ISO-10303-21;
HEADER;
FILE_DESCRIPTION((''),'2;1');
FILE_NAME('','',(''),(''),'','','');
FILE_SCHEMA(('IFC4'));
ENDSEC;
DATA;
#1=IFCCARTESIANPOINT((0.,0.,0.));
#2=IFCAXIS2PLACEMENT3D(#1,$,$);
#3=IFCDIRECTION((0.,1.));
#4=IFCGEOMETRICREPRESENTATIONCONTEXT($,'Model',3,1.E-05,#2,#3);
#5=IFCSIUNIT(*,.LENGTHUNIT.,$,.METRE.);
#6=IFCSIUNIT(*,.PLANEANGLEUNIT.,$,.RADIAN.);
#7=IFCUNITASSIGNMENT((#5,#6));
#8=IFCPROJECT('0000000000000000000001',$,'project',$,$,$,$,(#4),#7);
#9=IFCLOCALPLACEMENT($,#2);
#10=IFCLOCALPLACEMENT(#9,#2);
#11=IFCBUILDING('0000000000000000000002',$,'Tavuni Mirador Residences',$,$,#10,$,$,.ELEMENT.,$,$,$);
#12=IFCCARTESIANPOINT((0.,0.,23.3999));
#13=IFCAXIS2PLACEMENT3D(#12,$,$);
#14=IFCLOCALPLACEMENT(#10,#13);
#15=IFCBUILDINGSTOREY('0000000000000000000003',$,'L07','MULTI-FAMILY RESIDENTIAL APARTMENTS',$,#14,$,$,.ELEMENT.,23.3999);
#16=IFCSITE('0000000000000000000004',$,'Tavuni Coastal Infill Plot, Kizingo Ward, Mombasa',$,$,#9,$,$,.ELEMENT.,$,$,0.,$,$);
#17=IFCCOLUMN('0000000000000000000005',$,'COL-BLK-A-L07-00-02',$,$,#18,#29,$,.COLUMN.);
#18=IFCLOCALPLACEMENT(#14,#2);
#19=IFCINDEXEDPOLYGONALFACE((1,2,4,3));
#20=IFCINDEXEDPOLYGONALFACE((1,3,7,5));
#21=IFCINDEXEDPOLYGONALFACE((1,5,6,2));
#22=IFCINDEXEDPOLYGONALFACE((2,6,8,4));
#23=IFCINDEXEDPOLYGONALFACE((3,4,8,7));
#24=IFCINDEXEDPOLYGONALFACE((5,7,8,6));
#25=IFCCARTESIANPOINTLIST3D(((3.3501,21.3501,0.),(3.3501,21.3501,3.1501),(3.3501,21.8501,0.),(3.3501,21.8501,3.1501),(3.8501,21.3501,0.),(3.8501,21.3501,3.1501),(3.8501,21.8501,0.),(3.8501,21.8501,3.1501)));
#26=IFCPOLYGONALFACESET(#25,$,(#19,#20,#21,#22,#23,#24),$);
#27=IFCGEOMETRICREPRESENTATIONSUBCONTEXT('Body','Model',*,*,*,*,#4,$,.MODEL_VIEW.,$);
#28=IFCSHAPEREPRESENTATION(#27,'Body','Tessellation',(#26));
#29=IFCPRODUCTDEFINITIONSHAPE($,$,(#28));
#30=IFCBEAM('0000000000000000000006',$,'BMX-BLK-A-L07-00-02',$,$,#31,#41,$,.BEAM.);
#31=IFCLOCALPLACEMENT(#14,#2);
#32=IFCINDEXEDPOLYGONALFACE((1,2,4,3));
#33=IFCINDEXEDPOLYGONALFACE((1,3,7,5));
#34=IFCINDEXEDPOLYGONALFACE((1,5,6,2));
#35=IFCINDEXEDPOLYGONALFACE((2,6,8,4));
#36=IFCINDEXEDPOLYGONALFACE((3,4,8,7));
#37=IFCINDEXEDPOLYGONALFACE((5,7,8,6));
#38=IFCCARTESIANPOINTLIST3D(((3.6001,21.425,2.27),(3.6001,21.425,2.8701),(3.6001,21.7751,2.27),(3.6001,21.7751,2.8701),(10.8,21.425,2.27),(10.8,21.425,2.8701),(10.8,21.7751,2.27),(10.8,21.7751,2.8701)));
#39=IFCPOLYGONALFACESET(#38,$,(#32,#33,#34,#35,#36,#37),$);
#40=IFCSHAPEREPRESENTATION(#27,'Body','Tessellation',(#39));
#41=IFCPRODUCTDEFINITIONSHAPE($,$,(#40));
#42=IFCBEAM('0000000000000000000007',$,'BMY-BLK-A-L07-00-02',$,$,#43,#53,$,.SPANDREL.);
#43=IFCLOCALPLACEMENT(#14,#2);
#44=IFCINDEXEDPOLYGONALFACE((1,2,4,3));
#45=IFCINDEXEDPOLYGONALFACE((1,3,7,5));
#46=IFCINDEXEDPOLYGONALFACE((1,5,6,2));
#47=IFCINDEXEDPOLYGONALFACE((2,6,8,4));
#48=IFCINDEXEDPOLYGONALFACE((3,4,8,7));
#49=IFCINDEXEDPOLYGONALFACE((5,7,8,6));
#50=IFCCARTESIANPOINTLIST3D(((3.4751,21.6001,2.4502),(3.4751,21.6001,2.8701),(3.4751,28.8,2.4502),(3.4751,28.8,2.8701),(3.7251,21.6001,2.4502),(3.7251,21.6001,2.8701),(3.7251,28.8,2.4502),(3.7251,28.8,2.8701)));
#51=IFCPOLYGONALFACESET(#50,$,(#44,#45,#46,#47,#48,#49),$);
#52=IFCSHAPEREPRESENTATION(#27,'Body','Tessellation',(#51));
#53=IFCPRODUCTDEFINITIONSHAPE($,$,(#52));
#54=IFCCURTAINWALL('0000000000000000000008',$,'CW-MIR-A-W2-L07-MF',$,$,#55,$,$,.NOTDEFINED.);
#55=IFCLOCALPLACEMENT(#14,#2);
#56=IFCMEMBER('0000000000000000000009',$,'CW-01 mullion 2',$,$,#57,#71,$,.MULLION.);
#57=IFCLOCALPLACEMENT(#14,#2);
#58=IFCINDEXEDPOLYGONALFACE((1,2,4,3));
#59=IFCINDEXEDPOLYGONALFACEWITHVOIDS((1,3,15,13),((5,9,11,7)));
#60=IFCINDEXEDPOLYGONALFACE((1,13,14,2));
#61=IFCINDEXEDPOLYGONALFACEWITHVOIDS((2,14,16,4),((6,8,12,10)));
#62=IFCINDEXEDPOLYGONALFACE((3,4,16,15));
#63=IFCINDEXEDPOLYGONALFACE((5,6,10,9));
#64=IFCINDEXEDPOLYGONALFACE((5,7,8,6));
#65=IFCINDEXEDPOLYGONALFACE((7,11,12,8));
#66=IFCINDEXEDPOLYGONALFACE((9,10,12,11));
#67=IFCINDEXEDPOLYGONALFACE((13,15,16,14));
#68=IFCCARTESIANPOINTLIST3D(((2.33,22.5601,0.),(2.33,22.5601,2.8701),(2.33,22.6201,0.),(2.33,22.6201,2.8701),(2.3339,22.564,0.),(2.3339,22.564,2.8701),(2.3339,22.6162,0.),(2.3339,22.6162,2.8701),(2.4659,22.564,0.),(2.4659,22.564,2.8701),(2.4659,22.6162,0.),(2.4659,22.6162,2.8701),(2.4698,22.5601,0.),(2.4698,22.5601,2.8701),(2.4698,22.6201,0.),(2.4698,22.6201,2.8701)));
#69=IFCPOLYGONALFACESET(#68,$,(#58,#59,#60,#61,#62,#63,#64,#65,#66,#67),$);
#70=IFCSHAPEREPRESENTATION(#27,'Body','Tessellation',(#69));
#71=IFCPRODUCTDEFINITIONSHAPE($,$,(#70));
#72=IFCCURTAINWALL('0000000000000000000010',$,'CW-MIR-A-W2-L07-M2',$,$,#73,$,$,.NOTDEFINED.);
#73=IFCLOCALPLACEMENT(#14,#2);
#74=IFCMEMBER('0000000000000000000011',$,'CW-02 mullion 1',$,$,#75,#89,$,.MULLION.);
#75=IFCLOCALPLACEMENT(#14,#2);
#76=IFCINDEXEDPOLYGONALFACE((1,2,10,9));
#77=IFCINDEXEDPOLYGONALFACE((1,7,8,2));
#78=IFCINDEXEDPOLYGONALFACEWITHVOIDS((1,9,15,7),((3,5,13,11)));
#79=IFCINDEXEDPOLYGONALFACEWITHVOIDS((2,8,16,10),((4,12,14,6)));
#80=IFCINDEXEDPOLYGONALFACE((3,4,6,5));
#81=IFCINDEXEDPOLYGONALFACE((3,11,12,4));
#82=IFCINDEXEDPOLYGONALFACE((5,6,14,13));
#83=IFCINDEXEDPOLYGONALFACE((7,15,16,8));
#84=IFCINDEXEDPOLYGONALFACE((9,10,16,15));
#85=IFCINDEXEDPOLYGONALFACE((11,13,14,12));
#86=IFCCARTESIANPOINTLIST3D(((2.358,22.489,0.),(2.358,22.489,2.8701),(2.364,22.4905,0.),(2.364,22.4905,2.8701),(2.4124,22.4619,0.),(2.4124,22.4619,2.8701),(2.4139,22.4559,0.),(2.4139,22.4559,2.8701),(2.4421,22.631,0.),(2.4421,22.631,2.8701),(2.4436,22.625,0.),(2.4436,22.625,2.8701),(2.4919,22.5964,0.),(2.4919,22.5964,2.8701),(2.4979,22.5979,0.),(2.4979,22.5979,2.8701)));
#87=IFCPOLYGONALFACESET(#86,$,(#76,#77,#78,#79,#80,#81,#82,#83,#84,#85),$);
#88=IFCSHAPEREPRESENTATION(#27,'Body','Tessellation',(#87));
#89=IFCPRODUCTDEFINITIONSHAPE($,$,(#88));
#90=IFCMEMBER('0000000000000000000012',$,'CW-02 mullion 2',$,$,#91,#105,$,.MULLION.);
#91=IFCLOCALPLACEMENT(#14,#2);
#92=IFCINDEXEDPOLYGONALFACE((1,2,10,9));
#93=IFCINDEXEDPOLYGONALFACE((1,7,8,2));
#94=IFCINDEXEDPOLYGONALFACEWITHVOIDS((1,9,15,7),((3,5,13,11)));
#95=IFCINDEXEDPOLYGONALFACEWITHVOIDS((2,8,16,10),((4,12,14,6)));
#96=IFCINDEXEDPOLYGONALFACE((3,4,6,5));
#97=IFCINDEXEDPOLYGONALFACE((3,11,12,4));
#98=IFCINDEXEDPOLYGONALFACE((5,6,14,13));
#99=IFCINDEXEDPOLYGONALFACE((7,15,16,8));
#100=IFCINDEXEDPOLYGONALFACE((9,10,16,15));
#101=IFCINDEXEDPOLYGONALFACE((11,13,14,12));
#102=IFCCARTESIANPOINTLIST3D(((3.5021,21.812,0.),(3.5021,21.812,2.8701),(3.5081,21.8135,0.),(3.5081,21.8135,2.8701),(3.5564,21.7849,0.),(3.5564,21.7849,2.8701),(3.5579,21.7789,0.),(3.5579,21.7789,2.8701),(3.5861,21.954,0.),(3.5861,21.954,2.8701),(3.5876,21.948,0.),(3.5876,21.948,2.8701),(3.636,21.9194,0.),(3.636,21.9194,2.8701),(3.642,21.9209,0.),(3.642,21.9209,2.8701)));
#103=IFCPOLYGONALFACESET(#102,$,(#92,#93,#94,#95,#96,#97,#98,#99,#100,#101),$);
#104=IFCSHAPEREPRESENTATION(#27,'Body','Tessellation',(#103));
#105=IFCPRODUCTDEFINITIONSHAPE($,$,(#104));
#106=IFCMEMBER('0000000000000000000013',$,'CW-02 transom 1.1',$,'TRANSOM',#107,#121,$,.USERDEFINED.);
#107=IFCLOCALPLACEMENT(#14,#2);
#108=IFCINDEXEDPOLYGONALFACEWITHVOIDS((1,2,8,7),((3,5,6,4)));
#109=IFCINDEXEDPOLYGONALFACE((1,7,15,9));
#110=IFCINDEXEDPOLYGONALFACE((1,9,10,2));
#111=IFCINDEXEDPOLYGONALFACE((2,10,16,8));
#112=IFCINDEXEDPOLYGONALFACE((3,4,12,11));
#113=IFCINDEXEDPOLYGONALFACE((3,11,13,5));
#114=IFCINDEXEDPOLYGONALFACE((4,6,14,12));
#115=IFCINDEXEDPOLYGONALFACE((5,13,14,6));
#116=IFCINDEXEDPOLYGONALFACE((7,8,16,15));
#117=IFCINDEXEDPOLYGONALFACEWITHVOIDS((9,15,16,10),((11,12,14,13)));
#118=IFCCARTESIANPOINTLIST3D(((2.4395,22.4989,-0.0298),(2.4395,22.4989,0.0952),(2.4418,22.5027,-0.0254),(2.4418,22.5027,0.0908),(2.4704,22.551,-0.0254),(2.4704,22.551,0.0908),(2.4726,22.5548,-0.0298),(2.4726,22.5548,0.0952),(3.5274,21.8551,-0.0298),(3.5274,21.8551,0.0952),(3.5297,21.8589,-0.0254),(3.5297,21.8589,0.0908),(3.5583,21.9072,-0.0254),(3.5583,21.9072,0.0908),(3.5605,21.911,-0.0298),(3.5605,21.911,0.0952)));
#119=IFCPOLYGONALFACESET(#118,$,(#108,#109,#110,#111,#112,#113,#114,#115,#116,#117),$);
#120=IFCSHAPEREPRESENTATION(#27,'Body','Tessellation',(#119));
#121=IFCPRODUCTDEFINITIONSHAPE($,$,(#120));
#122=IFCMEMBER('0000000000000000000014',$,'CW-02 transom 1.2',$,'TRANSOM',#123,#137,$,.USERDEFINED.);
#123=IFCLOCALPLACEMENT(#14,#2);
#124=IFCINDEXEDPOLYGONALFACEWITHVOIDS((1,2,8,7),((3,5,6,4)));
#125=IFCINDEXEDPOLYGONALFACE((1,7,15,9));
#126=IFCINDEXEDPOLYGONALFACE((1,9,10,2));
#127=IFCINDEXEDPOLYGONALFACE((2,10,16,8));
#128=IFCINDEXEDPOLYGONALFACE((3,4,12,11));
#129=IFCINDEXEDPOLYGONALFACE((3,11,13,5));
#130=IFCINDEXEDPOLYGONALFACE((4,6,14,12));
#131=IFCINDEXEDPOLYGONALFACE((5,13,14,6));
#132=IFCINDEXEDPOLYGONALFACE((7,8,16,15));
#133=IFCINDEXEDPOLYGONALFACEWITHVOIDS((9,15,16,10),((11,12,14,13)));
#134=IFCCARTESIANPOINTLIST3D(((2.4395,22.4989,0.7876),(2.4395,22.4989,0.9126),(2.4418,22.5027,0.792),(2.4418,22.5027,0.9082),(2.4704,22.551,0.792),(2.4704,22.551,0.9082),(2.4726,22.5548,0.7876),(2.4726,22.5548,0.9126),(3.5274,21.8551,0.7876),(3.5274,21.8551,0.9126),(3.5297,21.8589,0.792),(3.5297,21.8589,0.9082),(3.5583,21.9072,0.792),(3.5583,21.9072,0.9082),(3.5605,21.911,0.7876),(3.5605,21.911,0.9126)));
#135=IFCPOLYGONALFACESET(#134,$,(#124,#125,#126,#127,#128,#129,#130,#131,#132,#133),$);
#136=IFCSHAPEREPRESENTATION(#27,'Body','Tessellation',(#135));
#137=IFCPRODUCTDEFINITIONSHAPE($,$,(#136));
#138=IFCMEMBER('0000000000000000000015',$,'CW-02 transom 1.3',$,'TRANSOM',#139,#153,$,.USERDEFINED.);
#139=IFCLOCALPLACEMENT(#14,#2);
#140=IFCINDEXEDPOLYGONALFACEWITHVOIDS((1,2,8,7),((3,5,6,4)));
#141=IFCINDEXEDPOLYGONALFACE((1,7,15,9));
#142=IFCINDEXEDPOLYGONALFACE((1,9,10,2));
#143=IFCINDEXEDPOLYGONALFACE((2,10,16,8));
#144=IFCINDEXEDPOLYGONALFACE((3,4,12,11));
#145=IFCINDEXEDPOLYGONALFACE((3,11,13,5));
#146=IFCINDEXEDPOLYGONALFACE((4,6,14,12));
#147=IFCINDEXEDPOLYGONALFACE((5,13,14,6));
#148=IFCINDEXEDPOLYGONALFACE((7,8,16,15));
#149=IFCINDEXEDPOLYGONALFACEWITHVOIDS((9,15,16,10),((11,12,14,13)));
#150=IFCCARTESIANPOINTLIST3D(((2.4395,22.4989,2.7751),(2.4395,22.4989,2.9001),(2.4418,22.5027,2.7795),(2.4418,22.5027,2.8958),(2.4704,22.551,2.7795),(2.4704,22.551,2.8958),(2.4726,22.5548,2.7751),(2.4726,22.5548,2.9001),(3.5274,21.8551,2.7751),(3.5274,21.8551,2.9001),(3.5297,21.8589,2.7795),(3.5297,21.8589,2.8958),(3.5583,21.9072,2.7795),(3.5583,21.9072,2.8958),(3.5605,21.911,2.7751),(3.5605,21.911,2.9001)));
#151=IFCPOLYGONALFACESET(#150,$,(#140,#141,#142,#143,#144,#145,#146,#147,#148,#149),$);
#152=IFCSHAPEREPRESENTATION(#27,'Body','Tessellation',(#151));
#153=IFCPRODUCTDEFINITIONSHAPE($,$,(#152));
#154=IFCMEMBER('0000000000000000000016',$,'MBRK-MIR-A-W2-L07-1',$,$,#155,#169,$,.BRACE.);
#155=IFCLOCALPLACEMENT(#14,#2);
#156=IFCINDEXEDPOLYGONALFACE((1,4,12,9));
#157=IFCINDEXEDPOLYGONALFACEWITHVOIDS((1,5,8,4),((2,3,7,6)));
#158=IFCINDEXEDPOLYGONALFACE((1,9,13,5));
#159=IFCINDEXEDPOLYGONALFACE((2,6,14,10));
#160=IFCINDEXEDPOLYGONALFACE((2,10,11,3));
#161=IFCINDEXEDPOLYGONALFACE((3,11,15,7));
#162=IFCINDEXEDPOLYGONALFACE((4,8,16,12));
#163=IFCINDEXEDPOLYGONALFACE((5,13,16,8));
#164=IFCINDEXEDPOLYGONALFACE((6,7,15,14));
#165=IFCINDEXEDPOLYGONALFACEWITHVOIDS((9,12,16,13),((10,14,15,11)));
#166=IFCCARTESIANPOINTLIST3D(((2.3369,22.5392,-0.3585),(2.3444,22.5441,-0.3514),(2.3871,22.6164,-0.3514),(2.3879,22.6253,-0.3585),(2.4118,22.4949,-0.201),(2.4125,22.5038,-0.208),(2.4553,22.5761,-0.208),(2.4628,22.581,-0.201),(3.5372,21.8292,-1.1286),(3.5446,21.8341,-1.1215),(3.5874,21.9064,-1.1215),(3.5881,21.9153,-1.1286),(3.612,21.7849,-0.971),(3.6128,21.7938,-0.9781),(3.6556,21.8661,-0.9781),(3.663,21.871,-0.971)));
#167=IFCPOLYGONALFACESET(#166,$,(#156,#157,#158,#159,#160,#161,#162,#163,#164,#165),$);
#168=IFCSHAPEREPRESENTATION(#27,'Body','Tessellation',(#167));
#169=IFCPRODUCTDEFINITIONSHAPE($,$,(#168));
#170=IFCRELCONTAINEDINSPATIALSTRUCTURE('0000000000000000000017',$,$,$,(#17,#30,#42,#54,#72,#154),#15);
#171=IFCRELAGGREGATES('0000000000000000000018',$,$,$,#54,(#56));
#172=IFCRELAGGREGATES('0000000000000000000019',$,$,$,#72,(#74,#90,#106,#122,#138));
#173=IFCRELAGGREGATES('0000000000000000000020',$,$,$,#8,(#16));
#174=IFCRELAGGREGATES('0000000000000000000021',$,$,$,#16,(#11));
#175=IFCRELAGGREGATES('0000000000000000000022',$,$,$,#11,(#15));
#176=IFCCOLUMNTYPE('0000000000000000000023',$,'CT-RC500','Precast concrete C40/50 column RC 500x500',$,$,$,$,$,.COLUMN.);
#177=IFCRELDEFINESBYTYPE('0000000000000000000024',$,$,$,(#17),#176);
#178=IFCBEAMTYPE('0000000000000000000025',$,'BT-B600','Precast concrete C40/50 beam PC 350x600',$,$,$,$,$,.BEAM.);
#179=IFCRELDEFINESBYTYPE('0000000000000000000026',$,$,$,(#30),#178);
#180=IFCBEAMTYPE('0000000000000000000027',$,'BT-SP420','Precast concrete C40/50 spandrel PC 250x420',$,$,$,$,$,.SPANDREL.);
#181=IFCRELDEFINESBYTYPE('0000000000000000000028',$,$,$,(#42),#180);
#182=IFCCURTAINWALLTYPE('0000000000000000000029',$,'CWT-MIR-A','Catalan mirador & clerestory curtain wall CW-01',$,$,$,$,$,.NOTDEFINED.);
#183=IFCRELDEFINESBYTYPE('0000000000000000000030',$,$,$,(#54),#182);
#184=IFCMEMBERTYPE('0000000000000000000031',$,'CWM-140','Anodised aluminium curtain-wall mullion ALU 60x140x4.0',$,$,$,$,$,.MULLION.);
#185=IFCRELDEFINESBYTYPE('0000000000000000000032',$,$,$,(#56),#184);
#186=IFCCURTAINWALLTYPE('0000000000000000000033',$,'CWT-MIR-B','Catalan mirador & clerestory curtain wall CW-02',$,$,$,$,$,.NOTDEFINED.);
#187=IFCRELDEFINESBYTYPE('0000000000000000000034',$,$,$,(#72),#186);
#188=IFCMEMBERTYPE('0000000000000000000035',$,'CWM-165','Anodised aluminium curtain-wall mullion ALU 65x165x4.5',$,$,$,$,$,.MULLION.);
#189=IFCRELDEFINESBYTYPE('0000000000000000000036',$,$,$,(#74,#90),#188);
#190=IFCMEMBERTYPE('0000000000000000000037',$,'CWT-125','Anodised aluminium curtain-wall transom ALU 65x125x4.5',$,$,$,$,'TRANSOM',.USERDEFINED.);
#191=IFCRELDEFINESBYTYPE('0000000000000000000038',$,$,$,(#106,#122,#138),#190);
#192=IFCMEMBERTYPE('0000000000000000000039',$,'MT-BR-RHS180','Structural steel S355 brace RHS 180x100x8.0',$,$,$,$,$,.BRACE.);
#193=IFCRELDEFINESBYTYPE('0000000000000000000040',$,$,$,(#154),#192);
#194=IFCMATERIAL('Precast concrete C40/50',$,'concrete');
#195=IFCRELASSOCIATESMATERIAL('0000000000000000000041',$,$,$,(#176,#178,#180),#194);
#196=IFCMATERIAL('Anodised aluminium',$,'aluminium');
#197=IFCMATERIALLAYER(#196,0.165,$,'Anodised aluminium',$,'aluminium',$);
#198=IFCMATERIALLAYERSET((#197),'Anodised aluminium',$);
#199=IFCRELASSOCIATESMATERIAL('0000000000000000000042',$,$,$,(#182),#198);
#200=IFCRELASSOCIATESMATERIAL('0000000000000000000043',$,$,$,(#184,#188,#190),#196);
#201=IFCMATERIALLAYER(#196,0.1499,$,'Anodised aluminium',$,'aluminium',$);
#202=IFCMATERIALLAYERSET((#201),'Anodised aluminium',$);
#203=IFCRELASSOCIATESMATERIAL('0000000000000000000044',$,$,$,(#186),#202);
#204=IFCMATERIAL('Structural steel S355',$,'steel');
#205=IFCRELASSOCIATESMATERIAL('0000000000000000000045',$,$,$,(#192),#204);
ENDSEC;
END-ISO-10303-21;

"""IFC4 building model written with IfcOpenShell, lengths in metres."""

from ifc_helpers import new_model, si_unit, direction, frame, origin, origin_2d, place, context, subcontext, project, spatial, rectangle, hollow_rectangle, extrude, material, layer, layer_set, material_profile, profile_set, type_object, element, aggregate, save


model = new_model("IFC4")

# Units and contexts
model_context = context("Model", 3, precision=1e-05, world=origin(), true_north=direction((0.0, 1.0)))
body_context = subcontext(model_context, "Body", "Model", "MODEL_VIEW")
ifc_project = project(units=[si_unit("LENGTHUNIT", "METRE"), si_unit("PLANEANGLEUNIT", "RADIAN")], contexts=[model_context])

# Site, building, storey
site_placement = place(None, origin())
site = spatial("IfcSite", under=ifc_project, at=site_placement, Name="Tavuni Coastal Infill Plot, Kizingo Ward, Mombasa", CompositionType="ELEMENT", RefElevation=0.0)
building_placement = place(site_placement, origin())
building = spatial("IfcBuilding", under=site, at=building_placement, Name="Tavuni Mirador Residences", CompositionType="ELEMENT")
storey_placement = place(building_placement, frame((0.0, 0.0, 23.3999)))
storey = spatial("IfcBuildingStorey", under=building, at=storey_placement, Name="L07", Description="MULTI-FAMILY RESIDENTIAL APARTMENTS", CompositionType="ELEMENT", Elevation=23.3999)

# Column
ifc_material_1 = material(Name="Precast concrete C40/50", Category="concrete")
ifc_material_profile_1 = material_profile(ifc_material_1, rectangle(XDim=0.5, YDim=0.5, at=origin_2d()), Name="RC 500x500", Category="concrete")
ifc_profile_set_1 = profile_set([ifc_material_profile_1], Name="Precast concrete C40/50")
column_type = type_object("IfcColumnType", Name="CT-RC500", Description="Precast concrete C40/50 column RC 500x500", PredefinedType="COLUMN", material=ifc_profile_set_1)
column_placement = place(storey_placement, frame((3.6001, 21.6001, 0.0), z_axis=(0.0, 0.0, 1.0), x_axis=(1.0, 0.0, 0.0)))
element("IfcColumn", 1, at=column_placement, inside=storey, type_object=column_type, Name="COL-BLK-A-L07-00-02", PredefinedType="COLUMN", context=body_context, shape_type="SweptSolid", body=[
    extrude(rectangle(XDim=0.5, YDim=0.5, at=origin_2d()), origin(), (0.0, 0.0, 1.0), 3.1501),
])

# Beams
ifc_material_profile_2 = material_profile(ifc_material_1, rectangle(XDim=0.3501, YDim=0.6001, at=origin_2d()), Name="PC 350x600", Category="concrete")
ifc_profile_set_2 = profile_set([ifc_material_profile_2], Name="Precast concrete C40/50")
beam_type_1 = type_object("IfcBeamType", Name="BT-B600", Description="Precast concrete C40/50 beam PC 350x600", PredefinedType="BEAM", material=ifc_profile_set_2)
beam_1_placement = place(storey_placement, frame((3.6001, 21.6001, 2.5701), z_axis=(1.0, 0.0, 0.0), x_axis=(0.0, 1.0, 0.0)))
element("IfcBeam", 2, at=beam_1_placement, inside=storey, type_object=beam_type_1, Name="BMX-BLK-A-L07-00-02", PredefinedType="BEAM", context=body_context, shape_type="SweptSolid", body=[
    extrude(rectangle(XDim=0.3501, YDim=0.6001, at=origin_2d()), origin(), (0.0, 0.0, 1.0), 7.2),
])
ifc_material_profile_3 = material_profile(ifc_material_1, rectangle(XDim=0.25, YDim=0.4199, at=origin_2d()), Name="PC 250x420", Category="concrete")
ifc_profile_set_3 = profile_set([ifc_material_profile_3], Name="Precast concrete C40/50")
beam_type_2 = type_object("IfcBeamType", Name="BT-SP420", Description="Precast concrete C40/50 spandrel PC 250x420", PredefinedType="SPANDREL", material=ifc_profile_set_3)
beam_2_placement = place(storey_placement, frame((3.6001, 21.6001, 2.6602), z_axis=(0.0, 1.0, 0.0), x_axis=(-1.0, 0.0, 0.0)))
element("IfcBeam", 3, at=beam_2_placement, inside=storey, type_object=beam_type_2, Name="BMY-BLK-A-L07-00-02", PredefinedType="SPANDREL", context=body_context, shape_type="SweptSolid", body=[
    extrude(rectangle(XDim=0.25, YDim=0.4199, at=origin_2d()), origin(), (0.0, 0.0, 1.0), 7.2),
])

# Curtain wall, member
ifc_material_2 = material(Name="Anodised aluminium", Category="aluminium")
ifc_layer_1 = layer(ifc_material_2, 0.165, Name="Anodised aluminium", Category="aluminium")
ifc_layer_set_1 = layer_set([ifc_layer_1], Name="Anodised aluminium")
curtain_wall_type_1 = type_object("IfcCurtainWallType", Name="CWT-MIR-A", Description="Catalan mirador & clerestory curtain wall CW-01", PredefinedType="NOTDEFINED", material=ifc_layer_set_1)
curtain_wall_1_placement = place(storey_placement, origin())
curtain_wall_1 = element("IfcCurtainWall", 4, at=curtain_wall_1_placement, inside=storey, type_object=curtain_wall_type_1, Name="CW-MIR-A-W2-L07-MF", PredefinedType="NOTDEFINED")
ifc_material_profile_4 = material_profile(ifc_material_2, hollow_rectangle(XDim=0.0601, YDim=0.1399, WallThickness=0.0039, at=origin_2d()), Name="ALU 60x140x4.0", Category="aluminium")
ifc_profile_set_4 = profile_set([ifc_material_profile_4], Name="Anodised aluminium")
member_type_1 = type_object("IfcMemberType", Name="CWM-140", Description="Anodised aluminium curtain-wall mullion ALU 60x140x4.0", PredefinedType="MULLION", material=ifc_profile_set_4)
member_1_placement = place(storey_placement, frame((2.3999, 22.5901, 0.0), z_axis=(0.0, 0.0, 1.0), x_axis=(0.0, -1.0, 0.0)))
member_1 = element("IfcMember", 5, at=member_1_placement, type_object=member_type_1, Name="CW-01 mullion 2", PredefinedType="MULLION", context=body_context, shape_type="SweptSolid", body=[
    extrude(hollow_rectangle(XDim=0.0601, YDim=0.1399, WallThickness=0.0039, at=origin_2d()), origin(), (0.0, 0.0, 1.0), 2.8701),
])

# Curtain wall, members
ifc_layer_2 = layer(ifc_material_2, 0.1499, Name="Anodised aluminium", Category="aluminium")
ifc_layer_set_2 = layer_set([ifc_layer_2], Name="Anodised aluminium")
curtain_wall_type_2 = type_object("IfcCurtainWallType", Name="CWT-MIR-B", Description="Catalan mirador & clerestory curtain wall CW-02", PredefinedType="NOTDEFINED", material=ifc_layer_set_2)
curtain_wall_2_placement = place(storey_placement, origin())
curtain_wall_2 = element("IfcCurtainWall", 6, at=curtain_wall_2_placement, inside=storey, type_object=curtain_wall_type_2, Name="CW-MIR-A-W2-L07-M2", PredefinedType="NOTDEFINED")
ifc_material_profile_5 = material_profile(ifc_material_2, hollow_rectangle(XDim=0.0649, YDim=0.165, WallThickness=0.0044, at=origin_2d()), Name="ALU 65x165x4.5", Category="aluminium")
ifc_profile_set_5 = profile_set([ifc_material_profile_5], Name="Anodised aluminium")
member_type_2 = type_object("IfcMemberType", Name="CWM-165", Description="Anodised aluminium curtain-wall mullion ALU 65x165x4.5", PredefinedType="MULLION", material=ifc_profile_set_5)
member_2_placement = place(storey_placement, frame((2.428, 22.5435, 0.0), z_axis=(0.0, 0.0, 1.0), x_axis=(0.860641, -0.509212, 0.0)))
member_2 = element("IfcMember", 7, at=member_2_placement, type_object=member_type_2, Name="CW-02 mullion 1", PredefinedType="MULLION", context=body_context, shape_type="SweptSolid", body=[
    extrude(hollow_rectangle(XDim=0.0649, YDim=0.165, WallThickness=0.0044, at=origin_2d()), origin(), (0.0, 0.0, 1.0), 2.8701),
])
member_3_placement = place(storey_placement, frame((3.572, 21.8665, 0.0), z_axis=(0.0, 0.0, 1.0), x_axis=(0.860641, -0.509212, 0.0)))
member_3 = element("IfcMember", 8, at=member_3_placement, type_object=member_type_2, Name="CW-02 mullion 2", PredefinedType="MULLION", context=body_context, shape_type="SweptSolid", body=[
    extrude(hollow_rectangle(XDim=0.0649, YDim=0.165, WallThickness=0.0044, at=origin_2d()), origin(), (0.0, 0.0, 1.0), 2.8701),
])
ifc_material_profile_6 = material_profile(ifc_material_2, hollow_rectangle(XDim=0.0649, YDim=0.125, WallThickness=0.0044, at=origin_2d()), Name="ALU 65x125x4.5", Category="aluminium")
ifc_profile_set_6 = profile_set([ifc_material_profile_6], Name="Anodised aluminium")
member_type_3 = type_object("IfcMemberType", Name="CWT-125", Description="Anodised aluminium curtain-wall transom ALU 65x125x4.5", ElementType="TRANSOM", PredefinedType="USERDEFINED", material=ifc_profile_set_6)
member_4_placement = place(storey_placement, frame((2.4561, 22.5269, 0.0327), z_axis=(0.860596, -0.509289, 0.0), x_axis=(0.509289, 0.860596, 0.0)))
member_4 = element("IfcMember", 9, at=member_4_placement, type_object=member_type_3, Name="CW-02 transom 1.1", ObjectType="TRANSOM", PredefinedType="USERDEFINED", context=body_context, shape_type="SweptSolid", body=[
    extrude(hollow_rectangle(XDim=0.0649, YDim=0.125, WallThickness=0.0044, at=origin_2d()), origin(), (0.0, 0.0, 1.0), 1.2642),
])
member_5_placement = place(storey_placement, frame((2.4561, 22.5269, 0.8501), z_axis=(0.860596, -0.509289, 0.0), x_axis=(0.509289, 0.860596, 0.0)))
member_5 = element("IfcMember", 10, at=member_5_placement, type_object=member_type_3, Name="CW-02 transom 1.2", ObjectType="TRANSOM", PredefinedType="USERDEFINED", context=body_context, shape_type="SweptSolid", body=[
    extrude(hollow_rectangle(XDim=0.0649, YDim=0.125, WallThickness=0.0044, at=origin_2d()), origin(), (0.0, 0.0, 1.0), 1.2642),
])
member_6_placement = place(storey_placement, frame((2.4561, 22.5269, 2.8376), z_axis=(0.860596, -0.509289, 0.0), x_axis=(0.509289, 0.860596, 0.0)))
member_6 = element("IfcMember", 11, at=member_6_placement, type_object=member_type_3, Name="CW-02 transom 1.3", ObjectType="TRANSOM", PredefinedType="USERDEFINED", context=body_context, shape_type="SweptSolid", body=[
    extrude(hollow_rectangle(XDim=0.0649, YDim=0.125, WallThickness=0.0044, at=origin_2d()), origin(), (0.0, 0.0, 1.0), 1.2642),
])

# Member
ifc_material_3 = material(Name="Structural steel S355", Category="steel")
ifc_material_profile_7 = material_profile(ifc_material_3, hollow_rectangle(XDim=0.1001, YDim=0.1799, WallThickness=0.0081, at=origin_2d()), Name="RHS 180x100x8.0", Category="steel")
ifc_profile_set_7 = profile_set([ifc_material_profile_7], Name="Structural steel S355")
member_type_4 = type_object("IfcMemberType", Name="MT-BR-RHS180", Description="Structural steel S355 brace RHS 180x100x8.0", PredefinedType="BRACE", material=ifc_profile_set_7)
member_7_placement = place(storey_placement, frame((3.6001, 21.8501, -1.0498), z_axis=(-0.753449, 0.445693, 0.483397), x_axis=(-0.50913, -0.860689, 0.0)))
element("IfcMember", 12, at=member_7_placement, inside=storey, type_object=member_type_4, Name="MBRK-MIR-A-W2-L07-1", PredefinedType="BRACE", context=body_context, shape_type="SweptSolid", body=[
    extrude(hollow_rectangle(XDim=0.1001, YDim=0.1799, WallThickness=0.0081, at=origin_2d()), origin(), (0.0, 0.0, 1.0), 1.593),
])

aggregate(curtain_wall_1, [member_1])
aggregate(curtain_wall_2, [member_2, member_3, member_4, member_5, member_6])

save(model, "model.ifc")
